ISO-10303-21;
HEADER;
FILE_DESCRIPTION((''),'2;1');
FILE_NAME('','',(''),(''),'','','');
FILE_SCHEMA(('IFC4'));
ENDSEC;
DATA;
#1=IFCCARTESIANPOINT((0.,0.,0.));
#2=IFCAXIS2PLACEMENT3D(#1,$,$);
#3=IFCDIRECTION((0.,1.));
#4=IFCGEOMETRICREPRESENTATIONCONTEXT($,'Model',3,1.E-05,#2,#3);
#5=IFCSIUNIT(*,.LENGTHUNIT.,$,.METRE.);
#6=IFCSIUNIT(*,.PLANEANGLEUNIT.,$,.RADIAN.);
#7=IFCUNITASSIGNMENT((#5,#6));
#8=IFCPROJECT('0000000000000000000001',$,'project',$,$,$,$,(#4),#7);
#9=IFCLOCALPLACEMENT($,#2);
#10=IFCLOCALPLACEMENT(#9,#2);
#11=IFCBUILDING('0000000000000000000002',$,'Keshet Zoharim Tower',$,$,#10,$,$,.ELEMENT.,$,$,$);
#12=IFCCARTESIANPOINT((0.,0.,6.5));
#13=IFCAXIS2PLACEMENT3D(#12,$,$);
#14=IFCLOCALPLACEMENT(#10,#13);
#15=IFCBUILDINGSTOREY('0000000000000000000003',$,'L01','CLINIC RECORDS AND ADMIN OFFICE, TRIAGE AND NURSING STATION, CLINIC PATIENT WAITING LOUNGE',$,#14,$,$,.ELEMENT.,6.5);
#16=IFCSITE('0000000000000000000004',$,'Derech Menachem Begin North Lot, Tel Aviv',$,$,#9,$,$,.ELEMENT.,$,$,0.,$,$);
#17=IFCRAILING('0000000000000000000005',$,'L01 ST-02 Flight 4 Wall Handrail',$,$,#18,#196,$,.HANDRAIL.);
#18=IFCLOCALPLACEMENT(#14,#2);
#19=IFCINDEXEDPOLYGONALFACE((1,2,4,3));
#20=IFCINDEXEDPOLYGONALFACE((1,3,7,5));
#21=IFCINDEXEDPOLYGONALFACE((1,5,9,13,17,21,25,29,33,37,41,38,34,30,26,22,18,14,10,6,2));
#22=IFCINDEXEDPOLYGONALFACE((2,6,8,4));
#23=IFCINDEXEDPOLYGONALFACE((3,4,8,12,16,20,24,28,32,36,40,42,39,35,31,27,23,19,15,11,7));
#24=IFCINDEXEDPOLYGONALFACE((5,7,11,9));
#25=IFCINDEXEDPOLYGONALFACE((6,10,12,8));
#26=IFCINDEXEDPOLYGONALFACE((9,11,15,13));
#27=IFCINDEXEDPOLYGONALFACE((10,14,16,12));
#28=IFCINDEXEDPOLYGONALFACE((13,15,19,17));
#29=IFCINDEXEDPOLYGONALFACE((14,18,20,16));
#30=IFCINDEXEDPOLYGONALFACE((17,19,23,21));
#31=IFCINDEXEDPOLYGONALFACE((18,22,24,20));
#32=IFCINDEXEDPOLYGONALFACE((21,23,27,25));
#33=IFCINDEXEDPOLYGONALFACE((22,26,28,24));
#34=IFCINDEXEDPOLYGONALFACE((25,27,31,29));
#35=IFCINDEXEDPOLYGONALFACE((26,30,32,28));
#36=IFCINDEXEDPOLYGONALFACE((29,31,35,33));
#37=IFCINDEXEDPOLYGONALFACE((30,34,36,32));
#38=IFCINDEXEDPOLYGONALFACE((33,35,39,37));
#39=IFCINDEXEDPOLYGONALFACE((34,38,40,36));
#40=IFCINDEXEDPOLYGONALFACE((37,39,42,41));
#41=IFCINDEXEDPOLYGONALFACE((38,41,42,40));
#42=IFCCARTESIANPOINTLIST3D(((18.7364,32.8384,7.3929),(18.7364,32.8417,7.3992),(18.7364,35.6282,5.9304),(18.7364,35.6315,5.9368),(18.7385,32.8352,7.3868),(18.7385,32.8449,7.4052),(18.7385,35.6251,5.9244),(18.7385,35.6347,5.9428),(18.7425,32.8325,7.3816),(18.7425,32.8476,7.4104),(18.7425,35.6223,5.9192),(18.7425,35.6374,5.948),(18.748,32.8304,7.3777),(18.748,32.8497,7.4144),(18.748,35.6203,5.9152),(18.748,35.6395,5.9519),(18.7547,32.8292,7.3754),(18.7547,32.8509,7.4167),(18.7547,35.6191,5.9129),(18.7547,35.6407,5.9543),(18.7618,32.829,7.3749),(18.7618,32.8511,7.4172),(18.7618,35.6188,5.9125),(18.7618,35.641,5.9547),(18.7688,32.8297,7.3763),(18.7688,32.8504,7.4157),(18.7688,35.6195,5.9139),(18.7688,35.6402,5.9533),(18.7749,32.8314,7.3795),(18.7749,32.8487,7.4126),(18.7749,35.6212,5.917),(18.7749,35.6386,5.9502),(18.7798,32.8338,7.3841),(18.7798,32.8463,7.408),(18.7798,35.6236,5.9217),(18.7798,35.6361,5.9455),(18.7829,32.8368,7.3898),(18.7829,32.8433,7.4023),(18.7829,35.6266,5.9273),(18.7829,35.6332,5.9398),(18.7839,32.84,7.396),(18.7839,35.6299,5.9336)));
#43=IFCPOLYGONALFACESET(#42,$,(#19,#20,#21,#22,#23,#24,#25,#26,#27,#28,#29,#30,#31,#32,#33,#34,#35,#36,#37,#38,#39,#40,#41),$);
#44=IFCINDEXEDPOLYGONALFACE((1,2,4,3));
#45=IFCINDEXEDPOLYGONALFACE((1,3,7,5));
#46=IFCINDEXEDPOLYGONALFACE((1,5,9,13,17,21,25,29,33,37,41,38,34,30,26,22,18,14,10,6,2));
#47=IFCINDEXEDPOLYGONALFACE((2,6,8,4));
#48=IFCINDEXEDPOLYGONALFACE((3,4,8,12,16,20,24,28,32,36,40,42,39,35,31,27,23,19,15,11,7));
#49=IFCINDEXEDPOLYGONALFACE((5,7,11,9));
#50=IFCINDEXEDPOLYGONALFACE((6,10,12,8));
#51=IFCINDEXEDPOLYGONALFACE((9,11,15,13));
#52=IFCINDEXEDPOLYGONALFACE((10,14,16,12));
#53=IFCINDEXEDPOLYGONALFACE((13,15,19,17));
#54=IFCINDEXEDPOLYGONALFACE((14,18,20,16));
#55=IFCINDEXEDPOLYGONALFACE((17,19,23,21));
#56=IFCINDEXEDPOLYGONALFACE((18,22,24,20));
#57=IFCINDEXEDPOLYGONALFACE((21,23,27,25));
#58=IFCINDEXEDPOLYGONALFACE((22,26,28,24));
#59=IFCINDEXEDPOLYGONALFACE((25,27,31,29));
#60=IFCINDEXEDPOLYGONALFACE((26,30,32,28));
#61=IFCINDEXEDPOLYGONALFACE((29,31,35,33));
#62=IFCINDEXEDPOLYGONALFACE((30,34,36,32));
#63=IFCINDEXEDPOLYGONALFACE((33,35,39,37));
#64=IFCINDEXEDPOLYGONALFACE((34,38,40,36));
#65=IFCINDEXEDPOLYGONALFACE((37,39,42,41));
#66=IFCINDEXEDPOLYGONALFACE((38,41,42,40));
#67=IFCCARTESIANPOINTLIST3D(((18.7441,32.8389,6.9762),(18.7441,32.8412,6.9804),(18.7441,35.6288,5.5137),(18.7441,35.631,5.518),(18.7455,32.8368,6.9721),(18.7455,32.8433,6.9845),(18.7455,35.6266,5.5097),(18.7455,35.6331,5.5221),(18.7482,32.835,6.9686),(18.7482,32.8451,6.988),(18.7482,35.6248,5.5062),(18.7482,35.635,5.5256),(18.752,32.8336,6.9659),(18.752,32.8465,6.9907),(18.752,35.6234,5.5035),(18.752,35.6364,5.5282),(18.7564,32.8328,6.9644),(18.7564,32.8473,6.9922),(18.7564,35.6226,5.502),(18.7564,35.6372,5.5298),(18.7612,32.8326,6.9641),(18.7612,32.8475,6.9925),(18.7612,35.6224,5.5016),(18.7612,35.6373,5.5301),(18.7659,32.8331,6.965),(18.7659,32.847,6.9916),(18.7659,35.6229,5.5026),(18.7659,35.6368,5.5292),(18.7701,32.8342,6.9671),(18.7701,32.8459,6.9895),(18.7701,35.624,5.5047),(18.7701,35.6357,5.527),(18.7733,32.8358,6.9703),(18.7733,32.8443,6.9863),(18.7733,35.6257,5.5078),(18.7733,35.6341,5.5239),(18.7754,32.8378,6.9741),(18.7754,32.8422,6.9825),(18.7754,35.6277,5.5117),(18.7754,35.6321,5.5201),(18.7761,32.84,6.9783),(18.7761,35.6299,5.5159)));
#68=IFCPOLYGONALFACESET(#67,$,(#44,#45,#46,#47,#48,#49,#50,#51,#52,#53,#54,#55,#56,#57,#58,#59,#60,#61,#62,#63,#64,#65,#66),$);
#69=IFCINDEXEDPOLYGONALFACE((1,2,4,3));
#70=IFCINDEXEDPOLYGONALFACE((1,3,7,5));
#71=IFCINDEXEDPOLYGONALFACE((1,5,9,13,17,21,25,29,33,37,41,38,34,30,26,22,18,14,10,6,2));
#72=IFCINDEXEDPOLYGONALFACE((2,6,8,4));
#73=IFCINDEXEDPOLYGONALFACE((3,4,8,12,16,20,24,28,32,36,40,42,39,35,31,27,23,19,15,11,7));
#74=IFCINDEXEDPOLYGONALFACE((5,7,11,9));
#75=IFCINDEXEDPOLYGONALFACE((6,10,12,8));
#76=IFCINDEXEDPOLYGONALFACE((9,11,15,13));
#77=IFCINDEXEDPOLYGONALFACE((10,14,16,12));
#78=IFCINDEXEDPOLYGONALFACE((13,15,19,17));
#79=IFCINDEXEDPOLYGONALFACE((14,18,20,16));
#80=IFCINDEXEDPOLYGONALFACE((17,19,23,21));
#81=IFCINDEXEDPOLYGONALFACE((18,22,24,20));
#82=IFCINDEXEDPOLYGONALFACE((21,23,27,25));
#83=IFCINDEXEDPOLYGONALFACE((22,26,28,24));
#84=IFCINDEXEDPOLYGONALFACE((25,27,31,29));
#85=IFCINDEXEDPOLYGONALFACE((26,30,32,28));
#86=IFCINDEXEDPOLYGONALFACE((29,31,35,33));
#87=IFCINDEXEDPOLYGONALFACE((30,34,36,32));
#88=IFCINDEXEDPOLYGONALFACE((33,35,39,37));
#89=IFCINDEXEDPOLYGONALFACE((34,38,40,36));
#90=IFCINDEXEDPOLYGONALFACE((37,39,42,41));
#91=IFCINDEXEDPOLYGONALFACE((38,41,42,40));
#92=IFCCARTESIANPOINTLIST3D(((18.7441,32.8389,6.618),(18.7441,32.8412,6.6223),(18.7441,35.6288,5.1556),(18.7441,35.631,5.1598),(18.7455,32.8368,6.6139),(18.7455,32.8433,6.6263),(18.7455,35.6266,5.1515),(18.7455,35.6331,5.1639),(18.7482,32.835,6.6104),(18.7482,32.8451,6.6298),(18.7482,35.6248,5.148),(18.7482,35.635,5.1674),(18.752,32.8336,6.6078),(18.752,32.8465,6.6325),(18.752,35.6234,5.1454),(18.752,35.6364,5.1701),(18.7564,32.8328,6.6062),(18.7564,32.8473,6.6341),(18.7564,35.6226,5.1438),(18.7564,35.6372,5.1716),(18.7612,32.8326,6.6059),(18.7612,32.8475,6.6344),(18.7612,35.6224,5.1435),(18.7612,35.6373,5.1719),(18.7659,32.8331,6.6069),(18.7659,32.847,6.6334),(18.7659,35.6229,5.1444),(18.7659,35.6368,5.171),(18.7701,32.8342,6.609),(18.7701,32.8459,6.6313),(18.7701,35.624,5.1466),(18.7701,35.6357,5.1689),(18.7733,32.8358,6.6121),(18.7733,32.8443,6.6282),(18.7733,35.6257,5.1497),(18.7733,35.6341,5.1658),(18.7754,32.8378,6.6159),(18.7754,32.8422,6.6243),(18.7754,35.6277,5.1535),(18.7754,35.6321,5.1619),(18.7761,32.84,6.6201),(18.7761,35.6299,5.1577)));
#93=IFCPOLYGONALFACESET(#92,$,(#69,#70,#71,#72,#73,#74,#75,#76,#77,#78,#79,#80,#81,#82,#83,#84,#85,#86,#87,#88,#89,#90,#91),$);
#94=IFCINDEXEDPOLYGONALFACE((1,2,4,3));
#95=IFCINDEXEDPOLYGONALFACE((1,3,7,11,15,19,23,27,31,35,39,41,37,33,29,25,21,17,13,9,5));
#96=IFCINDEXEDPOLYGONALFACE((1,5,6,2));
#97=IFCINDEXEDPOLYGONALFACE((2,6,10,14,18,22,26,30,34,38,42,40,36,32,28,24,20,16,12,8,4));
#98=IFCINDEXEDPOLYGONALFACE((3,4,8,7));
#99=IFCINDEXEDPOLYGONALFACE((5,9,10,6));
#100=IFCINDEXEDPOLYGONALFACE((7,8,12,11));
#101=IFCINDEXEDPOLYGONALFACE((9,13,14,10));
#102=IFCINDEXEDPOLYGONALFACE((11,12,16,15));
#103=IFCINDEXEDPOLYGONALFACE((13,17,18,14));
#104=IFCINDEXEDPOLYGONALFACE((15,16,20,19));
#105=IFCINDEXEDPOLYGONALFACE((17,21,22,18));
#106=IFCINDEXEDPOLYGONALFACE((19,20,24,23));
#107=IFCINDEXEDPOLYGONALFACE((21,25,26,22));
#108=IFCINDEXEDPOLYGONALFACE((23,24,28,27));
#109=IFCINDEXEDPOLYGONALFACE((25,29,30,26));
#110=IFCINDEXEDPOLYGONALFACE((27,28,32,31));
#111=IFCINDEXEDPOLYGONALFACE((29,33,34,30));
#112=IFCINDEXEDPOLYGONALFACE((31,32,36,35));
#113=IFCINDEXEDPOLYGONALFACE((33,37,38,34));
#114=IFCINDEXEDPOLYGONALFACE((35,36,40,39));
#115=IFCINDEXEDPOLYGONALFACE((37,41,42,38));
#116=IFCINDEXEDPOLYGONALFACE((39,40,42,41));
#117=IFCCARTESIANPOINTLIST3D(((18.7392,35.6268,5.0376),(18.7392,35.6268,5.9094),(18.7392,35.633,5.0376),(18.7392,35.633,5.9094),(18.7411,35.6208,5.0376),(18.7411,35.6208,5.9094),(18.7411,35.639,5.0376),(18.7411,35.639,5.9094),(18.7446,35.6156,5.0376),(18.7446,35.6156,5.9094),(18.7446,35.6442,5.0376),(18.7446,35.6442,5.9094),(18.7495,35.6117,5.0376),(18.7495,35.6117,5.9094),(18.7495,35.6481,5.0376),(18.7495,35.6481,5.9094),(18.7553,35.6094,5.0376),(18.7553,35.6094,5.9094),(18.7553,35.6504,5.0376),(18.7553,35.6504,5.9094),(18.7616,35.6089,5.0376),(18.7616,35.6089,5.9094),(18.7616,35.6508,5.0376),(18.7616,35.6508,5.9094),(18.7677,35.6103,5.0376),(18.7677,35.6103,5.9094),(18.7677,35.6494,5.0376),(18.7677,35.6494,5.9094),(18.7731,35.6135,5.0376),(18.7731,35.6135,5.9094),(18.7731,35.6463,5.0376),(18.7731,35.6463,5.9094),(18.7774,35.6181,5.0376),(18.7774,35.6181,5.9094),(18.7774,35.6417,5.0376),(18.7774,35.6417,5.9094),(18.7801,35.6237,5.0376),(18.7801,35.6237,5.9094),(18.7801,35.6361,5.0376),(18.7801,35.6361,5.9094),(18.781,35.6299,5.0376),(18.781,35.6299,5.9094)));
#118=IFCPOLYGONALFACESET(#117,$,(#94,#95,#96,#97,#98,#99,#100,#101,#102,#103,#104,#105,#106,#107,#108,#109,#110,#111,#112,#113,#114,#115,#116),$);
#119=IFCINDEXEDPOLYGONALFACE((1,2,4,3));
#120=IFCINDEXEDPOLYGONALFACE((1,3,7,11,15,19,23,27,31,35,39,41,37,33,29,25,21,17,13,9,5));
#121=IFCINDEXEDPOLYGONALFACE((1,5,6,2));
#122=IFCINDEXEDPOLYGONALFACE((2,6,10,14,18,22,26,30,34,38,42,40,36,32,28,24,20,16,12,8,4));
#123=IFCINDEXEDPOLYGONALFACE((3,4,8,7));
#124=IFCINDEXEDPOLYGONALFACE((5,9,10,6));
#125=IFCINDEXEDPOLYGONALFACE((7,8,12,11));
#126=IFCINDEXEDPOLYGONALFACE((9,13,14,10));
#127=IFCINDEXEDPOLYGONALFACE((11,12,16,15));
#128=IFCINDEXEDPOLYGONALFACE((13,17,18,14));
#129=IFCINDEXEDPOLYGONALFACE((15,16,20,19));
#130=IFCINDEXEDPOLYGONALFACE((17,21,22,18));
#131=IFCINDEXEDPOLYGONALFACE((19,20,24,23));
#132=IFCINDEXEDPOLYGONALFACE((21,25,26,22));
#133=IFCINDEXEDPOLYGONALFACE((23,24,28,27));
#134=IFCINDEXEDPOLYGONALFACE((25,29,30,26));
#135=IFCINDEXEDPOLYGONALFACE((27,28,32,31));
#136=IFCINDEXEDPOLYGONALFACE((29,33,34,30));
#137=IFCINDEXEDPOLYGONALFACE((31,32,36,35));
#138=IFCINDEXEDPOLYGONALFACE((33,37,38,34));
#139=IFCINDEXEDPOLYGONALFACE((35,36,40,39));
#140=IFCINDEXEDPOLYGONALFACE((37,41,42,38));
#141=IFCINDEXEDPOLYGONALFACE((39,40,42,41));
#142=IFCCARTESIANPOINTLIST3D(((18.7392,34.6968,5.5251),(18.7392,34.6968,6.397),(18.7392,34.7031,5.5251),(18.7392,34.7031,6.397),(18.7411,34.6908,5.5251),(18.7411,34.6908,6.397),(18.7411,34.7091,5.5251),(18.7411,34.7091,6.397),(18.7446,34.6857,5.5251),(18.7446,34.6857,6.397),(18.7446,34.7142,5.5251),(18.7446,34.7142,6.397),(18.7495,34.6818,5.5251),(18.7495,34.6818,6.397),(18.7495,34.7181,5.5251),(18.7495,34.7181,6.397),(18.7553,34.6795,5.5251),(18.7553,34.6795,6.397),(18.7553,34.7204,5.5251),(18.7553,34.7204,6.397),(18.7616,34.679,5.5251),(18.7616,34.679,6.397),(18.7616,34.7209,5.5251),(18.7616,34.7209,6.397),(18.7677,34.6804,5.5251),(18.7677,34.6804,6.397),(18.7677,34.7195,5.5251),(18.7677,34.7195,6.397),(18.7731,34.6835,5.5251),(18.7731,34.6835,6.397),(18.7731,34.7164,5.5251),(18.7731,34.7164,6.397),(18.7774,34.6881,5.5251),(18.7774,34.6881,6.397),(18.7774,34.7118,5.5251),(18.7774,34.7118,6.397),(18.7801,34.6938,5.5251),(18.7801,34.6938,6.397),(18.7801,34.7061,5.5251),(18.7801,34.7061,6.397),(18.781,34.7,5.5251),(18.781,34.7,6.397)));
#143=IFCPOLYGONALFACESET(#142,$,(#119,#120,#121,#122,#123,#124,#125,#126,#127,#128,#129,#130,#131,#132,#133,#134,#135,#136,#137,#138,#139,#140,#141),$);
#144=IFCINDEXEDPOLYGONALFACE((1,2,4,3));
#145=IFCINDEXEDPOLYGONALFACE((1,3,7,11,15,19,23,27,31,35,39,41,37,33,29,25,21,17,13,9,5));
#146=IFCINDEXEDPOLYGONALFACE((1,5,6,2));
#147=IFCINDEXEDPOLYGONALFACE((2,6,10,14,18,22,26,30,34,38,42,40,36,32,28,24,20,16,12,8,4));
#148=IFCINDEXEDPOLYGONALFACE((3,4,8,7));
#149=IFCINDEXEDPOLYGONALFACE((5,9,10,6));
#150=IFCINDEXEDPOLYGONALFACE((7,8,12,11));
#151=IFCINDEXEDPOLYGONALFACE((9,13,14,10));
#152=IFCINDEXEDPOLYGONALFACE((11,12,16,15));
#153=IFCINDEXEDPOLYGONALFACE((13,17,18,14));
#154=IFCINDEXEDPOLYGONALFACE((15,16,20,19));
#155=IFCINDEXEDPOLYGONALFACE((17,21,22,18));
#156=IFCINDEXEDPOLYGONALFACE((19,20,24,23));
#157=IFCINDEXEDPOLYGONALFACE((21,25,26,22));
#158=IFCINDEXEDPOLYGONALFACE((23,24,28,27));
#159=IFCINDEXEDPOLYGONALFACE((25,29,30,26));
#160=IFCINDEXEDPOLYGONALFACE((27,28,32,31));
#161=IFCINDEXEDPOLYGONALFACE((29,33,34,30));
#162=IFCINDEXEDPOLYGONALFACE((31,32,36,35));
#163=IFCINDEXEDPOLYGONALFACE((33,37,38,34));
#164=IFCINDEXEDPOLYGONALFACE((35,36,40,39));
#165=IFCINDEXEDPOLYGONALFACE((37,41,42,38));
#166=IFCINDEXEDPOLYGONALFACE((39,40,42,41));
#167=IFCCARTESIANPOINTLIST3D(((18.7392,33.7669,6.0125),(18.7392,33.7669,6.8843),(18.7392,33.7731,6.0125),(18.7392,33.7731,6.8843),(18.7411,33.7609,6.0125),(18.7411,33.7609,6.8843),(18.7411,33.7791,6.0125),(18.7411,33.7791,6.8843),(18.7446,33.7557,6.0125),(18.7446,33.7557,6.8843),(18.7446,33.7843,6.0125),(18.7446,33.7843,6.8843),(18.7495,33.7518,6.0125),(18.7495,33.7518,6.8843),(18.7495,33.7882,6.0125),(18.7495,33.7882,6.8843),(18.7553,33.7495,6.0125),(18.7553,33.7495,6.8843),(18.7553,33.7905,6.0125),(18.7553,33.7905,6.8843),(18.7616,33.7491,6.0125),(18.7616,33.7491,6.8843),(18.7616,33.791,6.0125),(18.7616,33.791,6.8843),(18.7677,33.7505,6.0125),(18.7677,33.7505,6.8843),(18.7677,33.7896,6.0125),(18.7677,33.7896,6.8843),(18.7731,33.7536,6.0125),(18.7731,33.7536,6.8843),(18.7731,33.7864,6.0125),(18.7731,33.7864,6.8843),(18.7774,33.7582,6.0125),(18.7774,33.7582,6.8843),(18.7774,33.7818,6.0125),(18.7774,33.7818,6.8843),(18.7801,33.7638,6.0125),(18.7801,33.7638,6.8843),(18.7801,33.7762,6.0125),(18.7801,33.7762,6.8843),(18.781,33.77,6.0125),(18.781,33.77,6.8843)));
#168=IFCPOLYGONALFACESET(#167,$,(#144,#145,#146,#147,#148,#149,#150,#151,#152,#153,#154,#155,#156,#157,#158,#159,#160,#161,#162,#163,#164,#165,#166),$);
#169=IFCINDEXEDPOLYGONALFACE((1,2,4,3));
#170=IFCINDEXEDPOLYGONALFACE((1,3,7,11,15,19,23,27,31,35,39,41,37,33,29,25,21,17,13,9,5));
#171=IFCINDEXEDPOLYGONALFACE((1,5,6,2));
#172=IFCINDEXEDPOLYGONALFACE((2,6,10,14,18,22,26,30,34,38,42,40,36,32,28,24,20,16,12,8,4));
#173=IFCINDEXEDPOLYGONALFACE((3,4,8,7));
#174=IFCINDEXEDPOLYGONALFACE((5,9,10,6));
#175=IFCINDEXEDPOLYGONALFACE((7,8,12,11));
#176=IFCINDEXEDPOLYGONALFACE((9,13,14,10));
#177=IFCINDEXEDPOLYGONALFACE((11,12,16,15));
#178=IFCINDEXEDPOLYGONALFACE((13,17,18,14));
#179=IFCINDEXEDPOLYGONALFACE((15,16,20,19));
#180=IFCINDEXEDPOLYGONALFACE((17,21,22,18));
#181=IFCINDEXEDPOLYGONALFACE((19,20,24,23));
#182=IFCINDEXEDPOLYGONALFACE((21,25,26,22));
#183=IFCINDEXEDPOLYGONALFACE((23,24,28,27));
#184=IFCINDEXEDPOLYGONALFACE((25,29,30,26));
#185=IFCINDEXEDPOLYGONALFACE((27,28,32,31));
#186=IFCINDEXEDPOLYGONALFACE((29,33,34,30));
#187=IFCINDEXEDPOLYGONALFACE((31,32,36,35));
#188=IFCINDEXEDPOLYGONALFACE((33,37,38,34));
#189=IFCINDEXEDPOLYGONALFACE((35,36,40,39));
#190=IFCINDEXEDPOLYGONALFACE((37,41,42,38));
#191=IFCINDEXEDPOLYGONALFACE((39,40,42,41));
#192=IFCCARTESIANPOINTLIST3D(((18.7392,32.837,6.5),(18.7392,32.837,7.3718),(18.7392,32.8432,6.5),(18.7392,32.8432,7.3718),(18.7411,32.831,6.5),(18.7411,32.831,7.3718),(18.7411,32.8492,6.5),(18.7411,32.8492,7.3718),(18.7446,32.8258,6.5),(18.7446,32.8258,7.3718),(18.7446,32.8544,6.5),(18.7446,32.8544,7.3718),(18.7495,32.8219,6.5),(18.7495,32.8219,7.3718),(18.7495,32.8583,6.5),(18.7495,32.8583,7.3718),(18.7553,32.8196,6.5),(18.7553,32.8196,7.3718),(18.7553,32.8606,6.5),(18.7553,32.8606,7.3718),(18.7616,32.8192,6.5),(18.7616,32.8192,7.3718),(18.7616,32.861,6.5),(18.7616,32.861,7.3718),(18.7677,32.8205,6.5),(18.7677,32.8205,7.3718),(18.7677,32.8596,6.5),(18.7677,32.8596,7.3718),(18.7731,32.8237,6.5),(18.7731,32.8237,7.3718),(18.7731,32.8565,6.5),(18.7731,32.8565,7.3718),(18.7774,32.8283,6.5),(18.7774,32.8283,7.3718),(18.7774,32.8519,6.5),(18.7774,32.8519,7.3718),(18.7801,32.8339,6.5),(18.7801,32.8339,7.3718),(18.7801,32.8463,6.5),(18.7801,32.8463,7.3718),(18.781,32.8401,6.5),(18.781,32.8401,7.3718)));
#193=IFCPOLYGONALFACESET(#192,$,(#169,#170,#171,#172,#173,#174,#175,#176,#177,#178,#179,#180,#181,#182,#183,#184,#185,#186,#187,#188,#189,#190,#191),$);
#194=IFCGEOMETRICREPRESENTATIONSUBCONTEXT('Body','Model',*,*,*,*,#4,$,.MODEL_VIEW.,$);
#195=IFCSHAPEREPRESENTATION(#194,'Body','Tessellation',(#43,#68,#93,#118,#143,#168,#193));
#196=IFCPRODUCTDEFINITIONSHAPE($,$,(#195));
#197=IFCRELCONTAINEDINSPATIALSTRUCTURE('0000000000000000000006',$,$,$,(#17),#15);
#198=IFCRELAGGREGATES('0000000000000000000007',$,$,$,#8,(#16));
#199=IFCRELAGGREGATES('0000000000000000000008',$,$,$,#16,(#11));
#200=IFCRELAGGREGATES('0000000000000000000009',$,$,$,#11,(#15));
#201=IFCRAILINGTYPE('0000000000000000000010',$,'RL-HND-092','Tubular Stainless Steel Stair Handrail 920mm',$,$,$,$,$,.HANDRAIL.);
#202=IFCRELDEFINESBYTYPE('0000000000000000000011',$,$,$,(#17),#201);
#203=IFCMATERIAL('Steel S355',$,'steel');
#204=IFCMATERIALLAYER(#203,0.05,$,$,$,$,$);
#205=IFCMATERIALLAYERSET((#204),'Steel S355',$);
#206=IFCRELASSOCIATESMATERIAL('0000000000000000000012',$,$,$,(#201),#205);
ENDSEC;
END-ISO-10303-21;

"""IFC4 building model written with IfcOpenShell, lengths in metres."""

from ifc_helpers import new_model, si_unit, direction, frame, origin, origin_2d, place, context, subcontext, project, spatial, circle, extrude, material, layer, layer_set, type_object, element, save


model = new_model("IFC4")

# Units and contexts
model_context = context("Model", 3, precision=1e-05, world=origin(), true_north=direction((0.0, 1.0)))
body_context = subcontext(model_context, "Body", "Model", "MODEL_VIEW")
ifc_project = project(units=[si_unit("LENGTHUNIT", "METRE"), si_unit("PLANEANGLEUNIT", "RADIAN")], contexts=[model_context])

# Site, building, storey
site_placement = place(None, origin())
site = spatial("IfcSite", under=ifc_project, at=site_placement, Name="Derech Menachem Begin North Lot, Tel Aviv", CompositionType="ELEMENT", RefElevation=0.0)
building_placement = place(site_placement, origin())
building = spatial("IfcBuilding", under=site, at=building_placement, Name="Keshet Zoharim Tower", CompositionType="ELEMENT")
storey_placement = place(building_placement, frame((0.0, 0.0, 6.5)))
storey = spatial("IfcBuildingStorey", under=building, at=storey_placement, Name="L01", Description="CLINIC RECORDS AND ADMIN OFFICE, TRIAGE AND NURSING STATION, CLINIC PATIENT WAITING LOUNGE", CompositionType="ELEMENT", Elevation=6.5)

# Shared definitions
ifc_material_1 = material(Name="Steel S355", Category="steel")

# Railing
ifc_layer_1 = layer(ifc_material_1, 0.05)
ifc_layer_set_1 = layer_set([ifc_layer_1], Name="Steel S355")
railing_type = type_object("IfcRailingType", Name="RL-HND-092", Description="Tubular Stainless Steel Stair Handrail 920mm", PredefinedType="HANDRAIL", material=ifc_layer_set_1)
for number, where, name in (
    (1, (18.76, 35.6299, 5.0376), "L01 ST-02 Flight 4 Wall Handrail"),
):
    element("IfcRailing", number, at=place(storey_placement, frame(where)), inside=storey, type_object=railing_type, Name=name, PredefinedType="HANDRAIL", context=body_context, shape_type="SweptSolid", body=[
        extrude(circle(Radius=0.0239, at=origin_2d()), frame((0.0, 0.0, 0.896), z_axis=(0.0, -0.88569, 0.464276), x_axis=(1.0, 0.0, 0.0)), (0.0, 0.0, 1.0), 3.1499),
        extrude(circle(Radius=0.0161, at=origin_2d()), frame((0.0, 0.0, 0.4783), z_axis=(0.0, -0.88569, 0.464276), x_axis=(1.0, 0.0, 0.0)), (0.0, 0.0, 1.0), 3.1499),
        extrude(circle(Radius=0.0161, at=origin_2d()), frame((0.0, 0.0, 0.1201), z_axis=(0.0, -0.88569, 0.464276), x_axis=(1.0, 0.0, 0.0)), (0.0, 0.0, 1.0), 3.1499),
        extrude(circle(Radius=0.021, at=origin_2d()), origin(), (0.0, 0.0, 1.0), 0.8718),
        extrude(circle(Radius=0.021, at=origin_2d()), frame((0.0, -0.9299, 0.4875)), (0.0, 0.0, 1.0), 0.8718),
        extrude(circle(Radius=0.021, at=origin_2d()), frame((0.0, -1.8599, 0.9749)), (0.0, 0.0, 1.0), 0.8718),
        extrude(circle(Radius=0.021, at=origin_2d()), frame((0.0, -2.7898, 1.4624)), (0.0, 0.0, 1.0), 0.8718),
    ])

save(model, "model.ifc")
